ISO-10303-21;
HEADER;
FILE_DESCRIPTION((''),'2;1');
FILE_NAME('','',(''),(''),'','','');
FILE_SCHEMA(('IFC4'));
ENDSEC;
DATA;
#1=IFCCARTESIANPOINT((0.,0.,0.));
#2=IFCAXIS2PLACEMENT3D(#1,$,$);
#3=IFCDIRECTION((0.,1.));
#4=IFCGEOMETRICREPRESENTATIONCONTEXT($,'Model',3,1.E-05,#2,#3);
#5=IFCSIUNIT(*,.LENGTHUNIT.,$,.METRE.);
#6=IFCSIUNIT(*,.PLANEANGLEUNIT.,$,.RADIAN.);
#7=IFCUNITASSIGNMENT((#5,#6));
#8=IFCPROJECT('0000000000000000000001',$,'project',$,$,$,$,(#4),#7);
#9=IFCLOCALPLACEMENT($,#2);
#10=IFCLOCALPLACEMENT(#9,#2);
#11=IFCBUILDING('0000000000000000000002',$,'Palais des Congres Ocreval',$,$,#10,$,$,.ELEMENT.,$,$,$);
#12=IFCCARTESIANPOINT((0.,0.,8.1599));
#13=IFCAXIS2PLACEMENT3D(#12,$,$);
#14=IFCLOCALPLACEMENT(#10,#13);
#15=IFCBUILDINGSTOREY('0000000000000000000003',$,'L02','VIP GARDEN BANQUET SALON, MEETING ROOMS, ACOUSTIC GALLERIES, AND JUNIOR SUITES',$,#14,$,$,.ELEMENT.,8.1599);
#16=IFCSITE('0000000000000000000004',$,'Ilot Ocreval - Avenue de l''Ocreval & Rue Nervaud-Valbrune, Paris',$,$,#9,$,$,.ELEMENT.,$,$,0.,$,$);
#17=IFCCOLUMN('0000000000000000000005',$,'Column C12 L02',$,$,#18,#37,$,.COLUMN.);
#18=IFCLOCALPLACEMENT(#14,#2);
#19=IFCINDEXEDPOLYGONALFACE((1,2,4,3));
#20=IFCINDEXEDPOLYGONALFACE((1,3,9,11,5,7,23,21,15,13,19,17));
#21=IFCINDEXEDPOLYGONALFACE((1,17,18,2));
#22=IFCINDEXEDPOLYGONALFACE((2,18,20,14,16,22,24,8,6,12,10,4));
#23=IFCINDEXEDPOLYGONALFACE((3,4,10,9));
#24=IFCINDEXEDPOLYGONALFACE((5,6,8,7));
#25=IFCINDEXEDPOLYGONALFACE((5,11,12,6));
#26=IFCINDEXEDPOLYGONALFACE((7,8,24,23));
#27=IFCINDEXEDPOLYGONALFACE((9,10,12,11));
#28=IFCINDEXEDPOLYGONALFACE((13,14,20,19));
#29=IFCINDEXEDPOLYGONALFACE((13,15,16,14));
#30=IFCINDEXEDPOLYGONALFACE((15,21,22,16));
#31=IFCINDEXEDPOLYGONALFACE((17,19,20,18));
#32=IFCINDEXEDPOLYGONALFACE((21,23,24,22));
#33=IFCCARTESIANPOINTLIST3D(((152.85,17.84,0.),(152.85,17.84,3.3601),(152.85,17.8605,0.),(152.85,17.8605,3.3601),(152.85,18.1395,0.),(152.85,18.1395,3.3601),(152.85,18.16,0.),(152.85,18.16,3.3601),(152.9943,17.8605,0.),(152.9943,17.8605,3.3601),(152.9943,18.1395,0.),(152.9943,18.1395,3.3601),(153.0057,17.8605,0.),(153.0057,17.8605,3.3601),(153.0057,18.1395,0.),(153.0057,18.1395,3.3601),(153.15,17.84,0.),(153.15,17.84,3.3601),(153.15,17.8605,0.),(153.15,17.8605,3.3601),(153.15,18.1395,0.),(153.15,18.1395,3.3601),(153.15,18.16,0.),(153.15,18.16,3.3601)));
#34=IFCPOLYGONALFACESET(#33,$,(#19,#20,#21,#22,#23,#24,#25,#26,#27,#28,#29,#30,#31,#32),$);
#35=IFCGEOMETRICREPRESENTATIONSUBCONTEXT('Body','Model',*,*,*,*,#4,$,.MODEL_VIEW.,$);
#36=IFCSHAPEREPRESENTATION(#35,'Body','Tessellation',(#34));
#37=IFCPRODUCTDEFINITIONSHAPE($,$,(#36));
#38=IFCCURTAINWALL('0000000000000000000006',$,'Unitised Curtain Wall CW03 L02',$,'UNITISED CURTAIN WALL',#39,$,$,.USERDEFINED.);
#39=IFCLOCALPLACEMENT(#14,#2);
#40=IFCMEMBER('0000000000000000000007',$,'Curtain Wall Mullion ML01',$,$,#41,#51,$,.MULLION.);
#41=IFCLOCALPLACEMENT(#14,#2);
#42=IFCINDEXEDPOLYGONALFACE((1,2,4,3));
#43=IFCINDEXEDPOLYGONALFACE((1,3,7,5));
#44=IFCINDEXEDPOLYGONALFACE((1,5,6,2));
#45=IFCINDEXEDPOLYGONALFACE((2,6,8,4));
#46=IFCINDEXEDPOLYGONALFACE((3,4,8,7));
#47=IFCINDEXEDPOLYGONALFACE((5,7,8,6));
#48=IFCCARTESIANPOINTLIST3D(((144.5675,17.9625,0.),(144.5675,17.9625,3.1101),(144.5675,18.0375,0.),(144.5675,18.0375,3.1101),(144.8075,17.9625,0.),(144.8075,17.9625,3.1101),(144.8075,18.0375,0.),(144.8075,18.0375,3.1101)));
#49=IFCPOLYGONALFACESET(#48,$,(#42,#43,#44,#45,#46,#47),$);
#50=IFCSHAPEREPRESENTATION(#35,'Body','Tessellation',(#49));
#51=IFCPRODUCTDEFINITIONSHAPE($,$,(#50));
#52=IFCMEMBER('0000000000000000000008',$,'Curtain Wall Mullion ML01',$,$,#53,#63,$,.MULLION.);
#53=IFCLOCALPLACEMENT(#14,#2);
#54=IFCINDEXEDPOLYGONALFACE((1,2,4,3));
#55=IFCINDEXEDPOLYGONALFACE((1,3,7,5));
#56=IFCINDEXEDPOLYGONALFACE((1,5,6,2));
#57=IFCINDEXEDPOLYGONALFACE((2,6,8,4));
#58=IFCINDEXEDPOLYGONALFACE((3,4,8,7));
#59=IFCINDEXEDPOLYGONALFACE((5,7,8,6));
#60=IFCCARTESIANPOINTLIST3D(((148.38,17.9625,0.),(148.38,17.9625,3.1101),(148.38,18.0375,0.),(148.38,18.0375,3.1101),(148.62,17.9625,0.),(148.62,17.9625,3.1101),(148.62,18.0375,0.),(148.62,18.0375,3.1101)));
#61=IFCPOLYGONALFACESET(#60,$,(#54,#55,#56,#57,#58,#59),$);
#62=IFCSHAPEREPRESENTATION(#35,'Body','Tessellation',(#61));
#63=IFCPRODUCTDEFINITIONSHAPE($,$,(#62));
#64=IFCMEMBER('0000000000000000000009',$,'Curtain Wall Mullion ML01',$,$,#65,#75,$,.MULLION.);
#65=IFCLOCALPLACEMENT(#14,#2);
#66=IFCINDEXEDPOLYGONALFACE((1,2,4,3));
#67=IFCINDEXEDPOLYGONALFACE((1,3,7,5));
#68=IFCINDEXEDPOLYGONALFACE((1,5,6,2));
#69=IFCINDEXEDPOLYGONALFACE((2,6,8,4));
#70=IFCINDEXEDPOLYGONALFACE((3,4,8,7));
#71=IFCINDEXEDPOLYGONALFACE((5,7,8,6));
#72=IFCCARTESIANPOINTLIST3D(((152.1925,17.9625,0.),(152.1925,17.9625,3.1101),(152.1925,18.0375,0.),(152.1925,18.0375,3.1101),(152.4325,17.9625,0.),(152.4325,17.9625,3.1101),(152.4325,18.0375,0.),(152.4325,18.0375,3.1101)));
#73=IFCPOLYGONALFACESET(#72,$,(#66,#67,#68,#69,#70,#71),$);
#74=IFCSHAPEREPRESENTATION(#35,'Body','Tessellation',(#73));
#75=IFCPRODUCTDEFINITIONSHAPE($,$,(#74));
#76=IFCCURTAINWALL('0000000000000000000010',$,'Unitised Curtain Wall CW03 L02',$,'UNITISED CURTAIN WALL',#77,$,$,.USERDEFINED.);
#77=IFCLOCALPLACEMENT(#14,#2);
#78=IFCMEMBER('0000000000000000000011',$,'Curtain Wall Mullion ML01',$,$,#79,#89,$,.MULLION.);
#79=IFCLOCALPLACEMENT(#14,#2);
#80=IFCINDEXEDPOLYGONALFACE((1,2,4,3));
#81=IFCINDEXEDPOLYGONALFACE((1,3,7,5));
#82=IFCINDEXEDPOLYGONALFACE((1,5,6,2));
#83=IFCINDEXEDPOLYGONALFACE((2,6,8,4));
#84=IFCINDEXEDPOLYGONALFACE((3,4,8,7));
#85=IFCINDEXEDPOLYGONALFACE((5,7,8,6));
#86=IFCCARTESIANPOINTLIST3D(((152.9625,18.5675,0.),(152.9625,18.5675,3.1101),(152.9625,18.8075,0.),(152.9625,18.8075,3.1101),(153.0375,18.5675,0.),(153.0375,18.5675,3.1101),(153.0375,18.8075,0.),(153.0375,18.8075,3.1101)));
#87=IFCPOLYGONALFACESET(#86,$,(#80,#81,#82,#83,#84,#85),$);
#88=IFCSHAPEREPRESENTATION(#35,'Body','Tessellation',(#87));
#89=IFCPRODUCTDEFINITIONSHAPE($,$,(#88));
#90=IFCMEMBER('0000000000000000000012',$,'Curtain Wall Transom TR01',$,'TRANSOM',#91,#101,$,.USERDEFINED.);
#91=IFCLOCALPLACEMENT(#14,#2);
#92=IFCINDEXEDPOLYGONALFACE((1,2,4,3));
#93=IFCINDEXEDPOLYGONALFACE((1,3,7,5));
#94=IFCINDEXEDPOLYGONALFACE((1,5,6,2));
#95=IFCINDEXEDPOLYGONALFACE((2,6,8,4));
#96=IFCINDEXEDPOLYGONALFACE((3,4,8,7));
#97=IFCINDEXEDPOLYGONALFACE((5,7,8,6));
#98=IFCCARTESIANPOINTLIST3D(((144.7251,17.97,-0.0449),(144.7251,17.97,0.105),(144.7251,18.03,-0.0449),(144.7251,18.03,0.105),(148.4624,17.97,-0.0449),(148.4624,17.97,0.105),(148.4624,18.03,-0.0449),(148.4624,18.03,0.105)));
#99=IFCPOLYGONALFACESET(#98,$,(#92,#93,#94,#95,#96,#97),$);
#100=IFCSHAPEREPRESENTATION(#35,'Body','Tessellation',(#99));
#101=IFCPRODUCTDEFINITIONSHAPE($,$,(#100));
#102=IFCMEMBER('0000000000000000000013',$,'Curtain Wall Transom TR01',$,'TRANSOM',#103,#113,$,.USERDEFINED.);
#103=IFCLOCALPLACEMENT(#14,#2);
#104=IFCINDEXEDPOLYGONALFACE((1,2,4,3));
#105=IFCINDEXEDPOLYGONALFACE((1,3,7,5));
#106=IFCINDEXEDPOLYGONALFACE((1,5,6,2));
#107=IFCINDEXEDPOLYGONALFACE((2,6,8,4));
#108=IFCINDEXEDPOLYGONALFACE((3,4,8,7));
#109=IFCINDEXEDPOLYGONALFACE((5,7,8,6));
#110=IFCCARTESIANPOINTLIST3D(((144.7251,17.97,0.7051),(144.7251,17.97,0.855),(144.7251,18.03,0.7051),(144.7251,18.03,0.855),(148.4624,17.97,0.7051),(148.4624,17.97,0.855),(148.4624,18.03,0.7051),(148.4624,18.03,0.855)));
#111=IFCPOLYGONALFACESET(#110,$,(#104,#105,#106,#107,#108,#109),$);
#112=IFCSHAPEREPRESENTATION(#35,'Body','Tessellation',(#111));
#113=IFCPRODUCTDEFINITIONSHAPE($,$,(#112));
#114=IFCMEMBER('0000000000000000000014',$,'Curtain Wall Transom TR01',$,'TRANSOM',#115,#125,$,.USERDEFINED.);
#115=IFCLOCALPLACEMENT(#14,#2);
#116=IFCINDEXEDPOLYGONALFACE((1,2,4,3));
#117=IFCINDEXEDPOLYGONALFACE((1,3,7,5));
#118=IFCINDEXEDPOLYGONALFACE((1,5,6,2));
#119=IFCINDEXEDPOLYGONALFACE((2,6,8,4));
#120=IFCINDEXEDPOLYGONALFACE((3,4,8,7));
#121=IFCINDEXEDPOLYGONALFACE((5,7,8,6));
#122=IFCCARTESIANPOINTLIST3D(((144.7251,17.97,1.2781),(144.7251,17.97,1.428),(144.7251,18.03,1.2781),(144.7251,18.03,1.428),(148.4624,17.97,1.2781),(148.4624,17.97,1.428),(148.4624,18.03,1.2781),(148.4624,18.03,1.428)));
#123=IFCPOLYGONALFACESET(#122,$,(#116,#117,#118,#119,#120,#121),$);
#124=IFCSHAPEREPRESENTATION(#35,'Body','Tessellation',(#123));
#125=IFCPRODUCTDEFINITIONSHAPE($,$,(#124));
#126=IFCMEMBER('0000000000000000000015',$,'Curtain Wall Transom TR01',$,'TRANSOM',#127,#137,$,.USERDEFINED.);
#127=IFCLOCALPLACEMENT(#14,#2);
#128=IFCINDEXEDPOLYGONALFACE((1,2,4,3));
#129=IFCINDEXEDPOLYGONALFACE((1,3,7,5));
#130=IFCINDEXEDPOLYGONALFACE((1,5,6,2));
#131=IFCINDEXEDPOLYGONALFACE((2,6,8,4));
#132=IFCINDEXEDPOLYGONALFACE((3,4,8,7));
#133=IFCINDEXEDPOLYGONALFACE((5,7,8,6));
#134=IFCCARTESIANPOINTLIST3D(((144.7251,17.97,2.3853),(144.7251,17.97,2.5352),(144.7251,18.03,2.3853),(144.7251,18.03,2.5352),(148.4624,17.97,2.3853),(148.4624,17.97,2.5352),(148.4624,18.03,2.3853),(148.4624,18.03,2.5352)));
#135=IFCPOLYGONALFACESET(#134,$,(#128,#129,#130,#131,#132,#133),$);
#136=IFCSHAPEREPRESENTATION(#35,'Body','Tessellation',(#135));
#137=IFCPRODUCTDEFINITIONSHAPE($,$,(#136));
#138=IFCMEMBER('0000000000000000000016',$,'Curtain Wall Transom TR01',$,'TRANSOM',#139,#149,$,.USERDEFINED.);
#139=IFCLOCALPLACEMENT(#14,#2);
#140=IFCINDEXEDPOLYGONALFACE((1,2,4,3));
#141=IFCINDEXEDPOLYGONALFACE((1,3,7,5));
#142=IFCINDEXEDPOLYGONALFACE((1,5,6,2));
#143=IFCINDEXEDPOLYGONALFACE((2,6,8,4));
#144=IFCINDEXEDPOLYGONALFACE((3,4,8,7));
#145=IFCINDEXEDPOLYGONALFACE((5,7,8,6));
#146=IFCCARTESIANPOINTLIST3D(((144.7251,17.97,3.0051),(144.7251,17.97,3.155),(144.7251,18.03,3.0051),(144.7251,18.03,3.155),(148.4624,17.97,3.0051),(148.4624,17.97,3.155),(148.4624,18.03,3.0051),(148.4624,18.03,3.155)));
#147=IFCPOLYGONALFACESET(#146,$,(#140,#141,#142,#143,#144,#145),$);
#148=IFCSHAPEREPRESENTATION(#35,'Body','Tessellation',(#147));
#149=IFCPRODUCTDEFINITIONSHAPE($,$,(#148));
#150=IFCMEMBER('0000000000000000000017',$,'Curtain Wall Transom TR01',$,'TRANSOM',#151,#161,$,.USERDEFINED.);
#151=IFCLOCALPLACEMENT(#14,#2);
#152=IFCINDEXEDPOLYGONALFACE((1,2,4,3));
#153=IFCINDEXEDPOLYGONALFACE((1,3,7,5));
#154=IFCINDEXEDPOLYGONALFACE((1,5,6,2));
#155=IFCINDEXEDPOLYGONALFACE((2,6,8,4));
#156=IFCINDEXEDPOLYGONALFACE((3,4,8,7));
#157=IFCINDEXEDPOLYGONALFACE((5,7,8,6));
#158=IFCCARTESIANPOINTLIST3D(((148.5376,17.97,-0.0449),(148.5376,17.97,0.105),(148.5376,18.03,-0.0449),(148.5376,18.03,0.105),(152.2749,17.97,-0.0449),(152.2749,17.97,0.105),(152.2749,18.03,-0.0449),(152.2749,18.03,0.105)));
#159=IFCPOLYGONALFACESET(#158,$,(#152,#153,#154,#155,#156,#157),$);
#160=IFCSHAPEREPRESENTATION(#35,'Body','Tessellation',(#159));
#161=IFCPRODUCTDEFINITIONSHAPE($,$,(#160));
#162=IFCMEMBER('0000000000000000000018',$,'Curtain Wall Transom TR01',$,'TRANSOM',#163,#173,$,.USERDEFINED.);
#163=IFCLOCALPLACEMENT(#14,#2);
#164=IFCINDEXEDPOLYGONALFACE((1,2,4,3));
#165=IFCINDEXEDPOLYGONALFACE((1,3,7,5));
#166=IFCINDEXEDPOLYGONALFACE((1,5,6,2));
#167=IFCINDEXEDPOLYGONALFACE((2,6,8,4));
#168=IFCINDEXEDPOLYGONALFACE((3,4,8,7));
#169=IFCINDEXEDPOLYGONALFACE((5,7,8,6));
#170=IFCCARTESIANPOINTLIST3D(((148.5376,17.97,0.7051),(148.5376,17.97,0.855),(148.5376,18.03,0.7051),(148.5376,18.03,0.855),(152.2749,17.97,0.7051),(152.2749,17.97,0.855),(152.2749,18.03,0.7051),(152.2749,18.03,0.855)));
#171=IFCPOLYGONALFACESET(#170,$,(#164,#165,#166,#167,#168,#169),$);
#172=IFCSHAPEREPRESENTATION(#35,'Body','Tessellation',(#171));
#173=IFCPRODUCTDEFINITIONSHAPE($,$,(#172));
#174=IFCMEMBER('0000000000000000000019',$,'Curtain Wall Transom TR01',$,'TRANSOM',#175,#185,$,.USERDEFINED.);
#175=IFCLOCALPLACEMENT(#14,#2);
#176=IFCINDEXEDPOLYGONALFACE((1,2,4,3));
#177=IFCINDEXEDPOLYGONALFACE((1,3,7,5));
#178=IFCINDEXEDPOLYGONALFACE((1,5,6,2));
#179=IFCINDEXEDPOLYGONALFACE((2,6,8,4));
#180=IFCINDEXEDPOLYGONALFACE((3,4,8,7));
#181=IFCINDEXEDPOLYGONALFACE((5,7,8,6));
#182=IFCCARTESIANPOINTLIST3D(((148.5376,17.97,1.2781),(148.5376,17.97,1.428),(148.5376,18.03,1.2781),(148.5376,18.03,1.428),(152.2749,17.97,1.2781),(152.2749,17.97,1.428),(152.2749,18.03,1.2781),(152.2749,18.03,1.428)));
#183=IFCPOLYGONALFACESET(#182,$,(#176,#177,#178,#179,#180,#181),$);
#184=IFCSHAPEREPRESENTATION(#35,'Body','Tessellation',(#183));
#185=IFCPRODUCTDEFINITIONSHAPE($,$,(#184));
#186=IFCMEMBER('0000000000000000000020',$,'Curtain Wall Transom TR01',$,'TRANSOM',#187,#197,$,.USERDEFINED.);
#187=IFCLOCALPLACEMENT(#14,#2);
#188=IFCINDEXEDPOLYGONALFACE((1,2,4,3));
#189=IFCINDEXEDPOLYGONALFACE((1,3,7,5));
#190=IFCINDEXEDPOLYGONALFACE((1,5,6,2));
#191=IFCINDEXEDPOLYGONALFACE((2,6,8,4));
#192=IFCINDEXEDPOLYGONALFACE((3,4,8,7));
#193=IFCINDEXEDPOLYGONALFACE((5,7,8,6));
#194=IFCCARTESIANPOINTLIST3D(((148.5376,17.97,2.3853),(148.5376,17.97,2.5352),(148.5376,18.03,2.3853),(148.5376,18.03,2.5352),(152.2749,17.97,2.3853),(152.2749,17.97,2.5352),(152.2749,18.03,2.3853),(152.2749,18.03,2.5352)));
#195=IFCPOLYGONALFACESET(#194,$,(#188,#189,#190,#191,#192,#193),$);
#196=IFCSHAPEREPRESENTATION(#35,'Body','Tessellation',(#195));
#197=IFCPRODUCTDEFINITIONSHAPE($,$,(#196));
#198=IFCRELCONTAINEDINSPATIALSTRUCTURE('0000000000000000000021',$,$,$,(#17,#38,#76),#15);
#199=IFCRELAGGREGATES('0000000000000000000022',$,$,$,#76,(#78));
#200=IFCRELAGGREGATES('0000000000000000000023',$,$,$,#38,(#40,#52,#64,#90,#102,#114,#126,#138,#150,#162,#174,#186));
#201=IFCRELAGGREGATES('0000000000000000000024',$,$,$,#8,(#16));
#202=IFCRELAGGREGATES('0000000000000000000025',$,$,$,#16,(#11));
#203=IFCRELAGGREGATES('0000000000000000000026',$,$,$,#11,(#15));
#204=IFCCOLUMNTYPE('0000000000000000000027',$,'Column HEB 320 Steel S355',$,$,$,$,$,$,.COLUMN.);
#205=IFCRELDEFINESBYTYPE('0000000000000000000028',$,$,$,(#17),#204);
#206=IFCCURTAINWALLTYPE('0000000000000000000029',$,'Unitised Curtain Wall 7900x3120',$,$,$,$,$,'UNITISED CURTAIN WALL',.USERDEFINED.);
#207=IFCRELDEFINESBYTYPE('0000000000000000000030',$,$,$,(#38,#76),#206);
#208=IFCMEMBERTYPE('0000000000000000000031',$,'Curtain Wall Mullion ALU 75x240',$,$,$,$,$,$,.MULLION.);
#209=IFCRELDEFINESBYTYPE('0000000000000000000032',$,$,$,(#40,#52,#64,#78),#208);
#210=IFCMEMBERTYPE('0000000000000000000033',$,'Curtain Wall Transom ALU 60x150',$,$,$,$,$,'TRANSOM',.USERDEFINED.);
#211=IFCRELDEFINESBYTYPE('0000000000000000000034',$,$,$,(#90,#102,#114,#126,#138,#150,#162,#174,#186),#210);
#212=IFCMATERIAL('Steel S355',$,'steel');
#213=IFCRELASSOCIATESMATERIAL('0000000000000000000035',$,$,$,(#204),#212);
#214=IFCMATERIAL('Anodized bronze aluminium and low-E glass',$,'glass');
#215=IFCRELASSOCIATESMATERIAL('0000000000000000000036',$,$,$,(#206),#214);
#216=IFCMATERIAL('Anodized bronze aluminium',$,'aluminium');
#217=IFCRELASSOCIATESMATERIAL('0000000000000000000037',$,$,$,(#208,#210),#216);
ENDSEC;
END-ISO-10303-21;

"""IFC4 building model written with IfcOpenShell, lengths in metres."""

from ifc_helpers import new_model, si_unit, direction, frame, origin, origin_2d, place, context, subcontext, project, spatial, rectangle, i_section, extrude, material, material_profile, profile_set, type_object, element, aggregate, save


model = new_model("IFC4")

# Units and contexts
model_context = context("Model", 3, precision=1e-05, world=origin(), true_north=direction((0.0, 1.0)))
body_context = subcontext(model_context, "Body", "Model", "MODEL_VIEW")
ifc_project = project(units=[si_unit("LENGTHUNIT", "METRE"), si_unit("PLANEANGLEUNIT", "RADIAN")], contexts=[model_context])

# Site, building, storey
site_placement = place(None, origin())
site = spatial("IfcSite", under=ifc_project, at=site_placement, Name="Ilot Ocreval - Avenue de l'Ocreval & Rue Nervaud-Valbrune, Paris", CompositionType="ELEMENT", RefElevation=0.0)
building_placement = place(site_placement, origin())
building = spatial("IfcBuilding", under=site, at=building_placement, Name="Palais des Congres Ocreval", CompositionType="ELEMENT")
storey_placement = place(building_placement, frame((0.0, 0.0, 8.1599)))
storey = spatial("IfcBuildingStorey", under=building, at=storey_placement, Name="L02", Description="VIP GARDEN BANQUET SALON, MEETING ROOMS, ACOUSTIC GALLERIES, AND JUNIOR SUITES", CompositionType="ELEMENT", Elevation=8.1599)

# Column
ifc_material_1 = material(Name="Steel S355", Category="steel")
ifc_material_profile_1 = material_profile(ifc_material_1, i_section(OverallWidth=0.3, OverallDepth=0.3201, WebThickness=0.0115, FlangeThickness=0.0205, at=origin_2d()), Name="HEB 320")
ifc_profile_set_1 = profile_set([ifc_material_profile_1], Name="Steel S355")
column_type = type_object("IfcColumnType", Name="Column HEB 320 Steel S355", PredefinedType="COLUMN", material=ifc_profile_set_1)
column_placement = place(storey_placement, frame((153.0, 18.0, 0.0), z_axis=(0.0, 0.0, 1.0), x_axis=(1.0, 0.0, 0.0)))
element("IfcColumn", 1, at=column_placement, inside=storey, type_object=column_type, Name="Column C12 L02", PredefinedType="COLUMN", context=body_context, shape_type="SweptSolid", body=[
    extrude(i_section(OverallWidth=0.3, OverallDepth=0.3201, WebThickness=0.0115, FlangeThickness=0.0205, at=origin_2d()), origin(), (0.0, 0.0, 1.0), 3.3601),
])

# Curtain wall, members
ifc_material_2 = material(Name="Anodized bronze aluminium and low-E glass", Category="glass")
curtain_wall_type = type_object("IfcCurtainWallType", Name="Unitised Curtain Wall 7900x3120", ElementType="UNITISED CURTAIN WALL", PredefinedType="USERDEFINED", material=ifc_material_2)
curtain_wall_1_placement = place(storey_placement, origin())
curtain_wall_1 = element("IfcCurtainWall", 2, at=curtain_wall_1_placement, inside=storey, type_object=curtain_wall_type, Name="Unitised Curtain Wall CW03 L02", ObjectType="UNITISED CURTAIN WALL", PredefinedType="USERDEFINED")
ifc_material_3 = material(Name="Anodized bronze aluminium", Category="aluminium")
ifc_material_profile_2 = material_profile(ifc_material_3, rectangle(XDim=0.075, YDim=0.24, at=origin_2d()), Name="ALU 75x240")
ifc_profile_set_2 = profile_set([ifc_material_profile_2], Name="Anodized bronze aluminium")
member_type_1 = type_object("IfcMemberType", Name="Curtain Wall Mullion ALU 75x240", PredefinedType="MULLION", material=ifc_profile_set_2)
member_1_placement = place(storey_placement, frame((144.6875, 18.0, 0.0), z_axis=(0.0, 0.0, 1.0), x_axis=(0.0, 1.0, 0.0)))
member_1 = element("IfcMember", 3, at=member_1_placement, type_object=member_type_1, Name="Curtain Wall Mullion ML01", PredefinedType="MULLION", context=body_context, shape_type="SweptSolid", body=[
    extrude(rectangle(XDim=0.075, YDim=0.24, at=origin_2d()), origin(), (0.0, 0.0, 1.0), 3.1101),
])
member_2_placement = place(storey_placement, frame((148.5, 18.0, 0.0), z_axis=(0.0, 0.0, 1.0), x_axis=(0.0, 1.0, 0.0)))
member_2 = element("IfcMember", 4, at=member_2_placement, type_object=member_type_1, Name="Curtain Wall Mullion ML01", PredefinedType="MULLION", context=body_context, shape_type="SweptSolid", body=[
    extrude(rectangle(XDim=0.075, YDim=0.24, at=origin_2d()), origin(), (0.0, 0.0, 1.0), 3.1101),
])
member_3_placement = place(storey_placement, frame((152.3125, 18.0, 0.0), z_axis=(0.0, 0.0, 1.0), x_axis=(0.0, 1.0, 0.0)))
member_3 = element("IfcMember", 5, at=member_3_placement, type_object=member_type_1, Name="Curtain Wall Mullion ML01", PredefinedType="MULLION", context=body_context, shape_type="SweptSolid", body=[
    extrude(rectangle(XDim=0.075, YDim=0.24, at=origin_2d()), origin(), (0.0, 0.0, 1.0), 3.1101),
])

# Curtain wall, member
curtain_wall_2_placement = place(storey_placement, origin())
curtain_wall_2 = element("IfcCurtainWall", 6, at=curtain_wall_2_placement, inside=storey, type_object=curtain_wall_type, Name="Unitised Curtain Wall CW03 L02", ObjectType="UNITISED CURTAIN WALL", PredefinedType="USERDEFINED")
member_4_placement = place(storey_placement, frame((153.0, 18.6875, 0.0), z_axis=(0.0, 0.0, 1.0), x_axis=(-1.0, 0.0, 0.0)))
member_4 = element("IfcMember", 7, at=member_4_placement, type_object=member_type_1, Name="Curtain Wall Mullion ML01", PredefinedType="MULLION", context=body_context, shape_type="SweptSolid", body=[
    extrude(rectangle(XDim=0.075, YDim=0.24, at=origin_2d()), origin(), (0.0, 0.0, 1.0), 3.1101),
])

# Members
ifc_material_profile_3 = material_profile(ifc_material_3, rectangle(XDim=0.0601, YDim=0.1499, at=origin_2d()), Name="ALU 60x150")
ifc_profile_set_3 = profile_set([ifc_material_profile_3], Name="Anodized bronze aluminium")
member_type_2 = type_object("IfcMemberType", Name="Curtain Wall Transom ALU 60x150", ElementType="TRANSOM", PredefinedType="USERDEFINED", material=ifc_profile_set_3)
member_5_placement = place(storey_placement, frame((144.7251, 18.0, 0.03), z_axis=(1.0, 0.0, 0.0), x_axis=(0.0, 1.0, 0.0)))
member_5 = element("IfcMember", 8, at=member_5_placement, type_object=member_type_2, Name="Curtain Wall Transom TR01", ObjectType="TRANSOM", PredefinedType="USERDEFINED", context=body_context, shape_type="SweptSolid", body=[
    extrude(rectangle(XDim=0.0601, YDim=0.1499, at=origin_2d()), origin(), (0.0, 0.0, 1.0), 3.7373),
])
member_6_placement = place(storey_placement, frame((144.7251, 18.0, 0.78), z_axis=(1.0, 0.0, 0.0), x_axis=(0.0, 1.0, 0.0)))
member_6 = element("IfcMember", 9, at=member_6_placement, type_object=member_type_2, Name="Curtain Wall Transom TR01", ObjectType="TRANSOM", PredefinedType="USERDEFINED", context=body_context, shape_type="SweptSolid", body=[
    extrude(rectangle(XDim=0.0601, YDim=0.1499, at=origin_2d()), origin(), (0.0, 0.0, 1.0), 3.7373),
])
member_7_placement = place(storey_placement, frame((144.7251, 18.0, 1.353), z_axis=(1.0, 0.0, 0.0), x_axis=(0.0, 1.0, 0.0)))
member_7 = element("IfcMember", 10, at=member_7_placement, type_object=member_type_2, Name="Curtain Wall Transom TR01", ObjectType="TRANSOM", PredefinedType="USERDEFINED", context=body_context, shape_type="SweptSolid", body=[
    extrude(rectangle(XDim=0.0601, YDim=0.1499, at=origin_2d()), origin(), (0.0, 0.0, 1.0), 3.7373),
])
member_8_placement = place(storey_placement, frame((144.7251, 18.0, 2.4602), z_axis=(1.0, 0.0, 0.0), x_axis=(0.0, 1.0, 0.0)))
member_8 = element("IfcMember", 11, at=member_8_placement, type_object=member_type_2, Name="Curtain Wall Transom TR01", ObjectType="TRANSOM", PredefinedType="USERDEFINED", context=body_context, shape_type="SweptSolid", body=[
    extrude(rectangle(XDim=0.0601, YDim=0.1499, at=origin_2d()), origin(), (0.0, 0.0, 1.0), 3.7373),
])
member_9_placement = place(storey_placement, frame((144.7251, 18.0, 3.0801), z_axis=(1.0, 0.0, 0.0), x_axis=(0.0, 1.0, 0.0)))
member_9 = element("IfcMember", 12, at=member_9_placement, type_object=member_type_2, Name="Curtain Wall Transom TR01", ObjectType="TRANSOM", PredefinedType="USERDEFINED", context=body_context, shape_type="SweptSolid", body=[
    extrude(rectangle(XDim=0.0601, YDim=0.1499, at=origin_2d()), origin(), (0.0, 0.0, 1.0), 3.7373),
])
member_10_placement = place(storey_placement, frame((148.5376, 18.0, 0.03), z_axis=(1.0, 0.0, 0.0), x_axis=(0.0, 1.0, 0.0)))
member_10 = element("IfcMember", 13, at=member_10_placement, type_object=member_type_2, Name="Curtain Wall Transom TR01", ObjectType="TRANSOM", PredefinedType="USERDEFINED", context=body_context, shape_type="SweptSolid", body=[
    extrude(rectangle(XDim=0.0601, YDim=0.1499, at=origin_2d()), origin(), (0.0, 0.0, 1.0), 3.7373),
])
member_11_placement = place(storey_placement, frame((148.5376, 18.0, 0.78), z_axis=(1.0, 0.0, 0.0), x_axis=(0.0, 1.0, 0.0)))
member_11 = element("IfcMember", 14, at=member_11_placement, type_object=member_type_2, Name="Curtain Wall Transom TR01", ObjectType="TRANSOM", PredefinedType="USERDEFINED", context=body_context, shape_type="SweptSolid", body=[
    extrude(rectangle(XDim=0.0601, YDim=0.1499, at=origin_2d()), origin(), (0.0, 0.0, 1.0), 3.7373),
])
member_12_placement = place(storey_placement, frame((148.5376, 18.0, 1.353), z_axis=(1.0, 0.0, 0.0), x_axis=(0.0, 1.0, 0.0)))
member_12 = element("IfcMember", 15, at=member_12_placement, type_object=member_type_2, Name="Curtain Wall Transom TR01", ObjectType="TRANSOM", PredefinedType="USERDEFINED", context=body_context, shape_type="SweptSolid", body=[
    extrude(rectangle(XDim=0.0601, YDim=0.1499, at=origin_2d()), origin(), (0.0, 0.0, 1.0), 3.7373),
])
member_13_placement = place(storey_placement, frame((148.5376, 18.0, 2.4602), z_axis=(1.0, 0.0, 0.0), x_axis=(0.0, 1.0, 0.0)))
member_13 = element("IfcMember", 16, at=member_13_placement, type_object=member_type_2, Name="Curtain Wall Transom TR01", ObjectType="TRANSOM", PredefinedType="USERDEFINED", context=body_context, shape_type="SweptSolid", body=[
    extrude(rectangle(XDim=0.0601, YDim=0.1499, at=origin_2d()), origin(), (0.0, 0.0, 1.0), 3.7373),
])

aggregate(curtain_wall_2, [member_4])
aggregate(curtain_wall_1, [member_1, member_2, member_3, member_5, member_6, member_7, member_8, member_9, member_10, member_11, member_12, member_13])

save(model, "model.ifc")
